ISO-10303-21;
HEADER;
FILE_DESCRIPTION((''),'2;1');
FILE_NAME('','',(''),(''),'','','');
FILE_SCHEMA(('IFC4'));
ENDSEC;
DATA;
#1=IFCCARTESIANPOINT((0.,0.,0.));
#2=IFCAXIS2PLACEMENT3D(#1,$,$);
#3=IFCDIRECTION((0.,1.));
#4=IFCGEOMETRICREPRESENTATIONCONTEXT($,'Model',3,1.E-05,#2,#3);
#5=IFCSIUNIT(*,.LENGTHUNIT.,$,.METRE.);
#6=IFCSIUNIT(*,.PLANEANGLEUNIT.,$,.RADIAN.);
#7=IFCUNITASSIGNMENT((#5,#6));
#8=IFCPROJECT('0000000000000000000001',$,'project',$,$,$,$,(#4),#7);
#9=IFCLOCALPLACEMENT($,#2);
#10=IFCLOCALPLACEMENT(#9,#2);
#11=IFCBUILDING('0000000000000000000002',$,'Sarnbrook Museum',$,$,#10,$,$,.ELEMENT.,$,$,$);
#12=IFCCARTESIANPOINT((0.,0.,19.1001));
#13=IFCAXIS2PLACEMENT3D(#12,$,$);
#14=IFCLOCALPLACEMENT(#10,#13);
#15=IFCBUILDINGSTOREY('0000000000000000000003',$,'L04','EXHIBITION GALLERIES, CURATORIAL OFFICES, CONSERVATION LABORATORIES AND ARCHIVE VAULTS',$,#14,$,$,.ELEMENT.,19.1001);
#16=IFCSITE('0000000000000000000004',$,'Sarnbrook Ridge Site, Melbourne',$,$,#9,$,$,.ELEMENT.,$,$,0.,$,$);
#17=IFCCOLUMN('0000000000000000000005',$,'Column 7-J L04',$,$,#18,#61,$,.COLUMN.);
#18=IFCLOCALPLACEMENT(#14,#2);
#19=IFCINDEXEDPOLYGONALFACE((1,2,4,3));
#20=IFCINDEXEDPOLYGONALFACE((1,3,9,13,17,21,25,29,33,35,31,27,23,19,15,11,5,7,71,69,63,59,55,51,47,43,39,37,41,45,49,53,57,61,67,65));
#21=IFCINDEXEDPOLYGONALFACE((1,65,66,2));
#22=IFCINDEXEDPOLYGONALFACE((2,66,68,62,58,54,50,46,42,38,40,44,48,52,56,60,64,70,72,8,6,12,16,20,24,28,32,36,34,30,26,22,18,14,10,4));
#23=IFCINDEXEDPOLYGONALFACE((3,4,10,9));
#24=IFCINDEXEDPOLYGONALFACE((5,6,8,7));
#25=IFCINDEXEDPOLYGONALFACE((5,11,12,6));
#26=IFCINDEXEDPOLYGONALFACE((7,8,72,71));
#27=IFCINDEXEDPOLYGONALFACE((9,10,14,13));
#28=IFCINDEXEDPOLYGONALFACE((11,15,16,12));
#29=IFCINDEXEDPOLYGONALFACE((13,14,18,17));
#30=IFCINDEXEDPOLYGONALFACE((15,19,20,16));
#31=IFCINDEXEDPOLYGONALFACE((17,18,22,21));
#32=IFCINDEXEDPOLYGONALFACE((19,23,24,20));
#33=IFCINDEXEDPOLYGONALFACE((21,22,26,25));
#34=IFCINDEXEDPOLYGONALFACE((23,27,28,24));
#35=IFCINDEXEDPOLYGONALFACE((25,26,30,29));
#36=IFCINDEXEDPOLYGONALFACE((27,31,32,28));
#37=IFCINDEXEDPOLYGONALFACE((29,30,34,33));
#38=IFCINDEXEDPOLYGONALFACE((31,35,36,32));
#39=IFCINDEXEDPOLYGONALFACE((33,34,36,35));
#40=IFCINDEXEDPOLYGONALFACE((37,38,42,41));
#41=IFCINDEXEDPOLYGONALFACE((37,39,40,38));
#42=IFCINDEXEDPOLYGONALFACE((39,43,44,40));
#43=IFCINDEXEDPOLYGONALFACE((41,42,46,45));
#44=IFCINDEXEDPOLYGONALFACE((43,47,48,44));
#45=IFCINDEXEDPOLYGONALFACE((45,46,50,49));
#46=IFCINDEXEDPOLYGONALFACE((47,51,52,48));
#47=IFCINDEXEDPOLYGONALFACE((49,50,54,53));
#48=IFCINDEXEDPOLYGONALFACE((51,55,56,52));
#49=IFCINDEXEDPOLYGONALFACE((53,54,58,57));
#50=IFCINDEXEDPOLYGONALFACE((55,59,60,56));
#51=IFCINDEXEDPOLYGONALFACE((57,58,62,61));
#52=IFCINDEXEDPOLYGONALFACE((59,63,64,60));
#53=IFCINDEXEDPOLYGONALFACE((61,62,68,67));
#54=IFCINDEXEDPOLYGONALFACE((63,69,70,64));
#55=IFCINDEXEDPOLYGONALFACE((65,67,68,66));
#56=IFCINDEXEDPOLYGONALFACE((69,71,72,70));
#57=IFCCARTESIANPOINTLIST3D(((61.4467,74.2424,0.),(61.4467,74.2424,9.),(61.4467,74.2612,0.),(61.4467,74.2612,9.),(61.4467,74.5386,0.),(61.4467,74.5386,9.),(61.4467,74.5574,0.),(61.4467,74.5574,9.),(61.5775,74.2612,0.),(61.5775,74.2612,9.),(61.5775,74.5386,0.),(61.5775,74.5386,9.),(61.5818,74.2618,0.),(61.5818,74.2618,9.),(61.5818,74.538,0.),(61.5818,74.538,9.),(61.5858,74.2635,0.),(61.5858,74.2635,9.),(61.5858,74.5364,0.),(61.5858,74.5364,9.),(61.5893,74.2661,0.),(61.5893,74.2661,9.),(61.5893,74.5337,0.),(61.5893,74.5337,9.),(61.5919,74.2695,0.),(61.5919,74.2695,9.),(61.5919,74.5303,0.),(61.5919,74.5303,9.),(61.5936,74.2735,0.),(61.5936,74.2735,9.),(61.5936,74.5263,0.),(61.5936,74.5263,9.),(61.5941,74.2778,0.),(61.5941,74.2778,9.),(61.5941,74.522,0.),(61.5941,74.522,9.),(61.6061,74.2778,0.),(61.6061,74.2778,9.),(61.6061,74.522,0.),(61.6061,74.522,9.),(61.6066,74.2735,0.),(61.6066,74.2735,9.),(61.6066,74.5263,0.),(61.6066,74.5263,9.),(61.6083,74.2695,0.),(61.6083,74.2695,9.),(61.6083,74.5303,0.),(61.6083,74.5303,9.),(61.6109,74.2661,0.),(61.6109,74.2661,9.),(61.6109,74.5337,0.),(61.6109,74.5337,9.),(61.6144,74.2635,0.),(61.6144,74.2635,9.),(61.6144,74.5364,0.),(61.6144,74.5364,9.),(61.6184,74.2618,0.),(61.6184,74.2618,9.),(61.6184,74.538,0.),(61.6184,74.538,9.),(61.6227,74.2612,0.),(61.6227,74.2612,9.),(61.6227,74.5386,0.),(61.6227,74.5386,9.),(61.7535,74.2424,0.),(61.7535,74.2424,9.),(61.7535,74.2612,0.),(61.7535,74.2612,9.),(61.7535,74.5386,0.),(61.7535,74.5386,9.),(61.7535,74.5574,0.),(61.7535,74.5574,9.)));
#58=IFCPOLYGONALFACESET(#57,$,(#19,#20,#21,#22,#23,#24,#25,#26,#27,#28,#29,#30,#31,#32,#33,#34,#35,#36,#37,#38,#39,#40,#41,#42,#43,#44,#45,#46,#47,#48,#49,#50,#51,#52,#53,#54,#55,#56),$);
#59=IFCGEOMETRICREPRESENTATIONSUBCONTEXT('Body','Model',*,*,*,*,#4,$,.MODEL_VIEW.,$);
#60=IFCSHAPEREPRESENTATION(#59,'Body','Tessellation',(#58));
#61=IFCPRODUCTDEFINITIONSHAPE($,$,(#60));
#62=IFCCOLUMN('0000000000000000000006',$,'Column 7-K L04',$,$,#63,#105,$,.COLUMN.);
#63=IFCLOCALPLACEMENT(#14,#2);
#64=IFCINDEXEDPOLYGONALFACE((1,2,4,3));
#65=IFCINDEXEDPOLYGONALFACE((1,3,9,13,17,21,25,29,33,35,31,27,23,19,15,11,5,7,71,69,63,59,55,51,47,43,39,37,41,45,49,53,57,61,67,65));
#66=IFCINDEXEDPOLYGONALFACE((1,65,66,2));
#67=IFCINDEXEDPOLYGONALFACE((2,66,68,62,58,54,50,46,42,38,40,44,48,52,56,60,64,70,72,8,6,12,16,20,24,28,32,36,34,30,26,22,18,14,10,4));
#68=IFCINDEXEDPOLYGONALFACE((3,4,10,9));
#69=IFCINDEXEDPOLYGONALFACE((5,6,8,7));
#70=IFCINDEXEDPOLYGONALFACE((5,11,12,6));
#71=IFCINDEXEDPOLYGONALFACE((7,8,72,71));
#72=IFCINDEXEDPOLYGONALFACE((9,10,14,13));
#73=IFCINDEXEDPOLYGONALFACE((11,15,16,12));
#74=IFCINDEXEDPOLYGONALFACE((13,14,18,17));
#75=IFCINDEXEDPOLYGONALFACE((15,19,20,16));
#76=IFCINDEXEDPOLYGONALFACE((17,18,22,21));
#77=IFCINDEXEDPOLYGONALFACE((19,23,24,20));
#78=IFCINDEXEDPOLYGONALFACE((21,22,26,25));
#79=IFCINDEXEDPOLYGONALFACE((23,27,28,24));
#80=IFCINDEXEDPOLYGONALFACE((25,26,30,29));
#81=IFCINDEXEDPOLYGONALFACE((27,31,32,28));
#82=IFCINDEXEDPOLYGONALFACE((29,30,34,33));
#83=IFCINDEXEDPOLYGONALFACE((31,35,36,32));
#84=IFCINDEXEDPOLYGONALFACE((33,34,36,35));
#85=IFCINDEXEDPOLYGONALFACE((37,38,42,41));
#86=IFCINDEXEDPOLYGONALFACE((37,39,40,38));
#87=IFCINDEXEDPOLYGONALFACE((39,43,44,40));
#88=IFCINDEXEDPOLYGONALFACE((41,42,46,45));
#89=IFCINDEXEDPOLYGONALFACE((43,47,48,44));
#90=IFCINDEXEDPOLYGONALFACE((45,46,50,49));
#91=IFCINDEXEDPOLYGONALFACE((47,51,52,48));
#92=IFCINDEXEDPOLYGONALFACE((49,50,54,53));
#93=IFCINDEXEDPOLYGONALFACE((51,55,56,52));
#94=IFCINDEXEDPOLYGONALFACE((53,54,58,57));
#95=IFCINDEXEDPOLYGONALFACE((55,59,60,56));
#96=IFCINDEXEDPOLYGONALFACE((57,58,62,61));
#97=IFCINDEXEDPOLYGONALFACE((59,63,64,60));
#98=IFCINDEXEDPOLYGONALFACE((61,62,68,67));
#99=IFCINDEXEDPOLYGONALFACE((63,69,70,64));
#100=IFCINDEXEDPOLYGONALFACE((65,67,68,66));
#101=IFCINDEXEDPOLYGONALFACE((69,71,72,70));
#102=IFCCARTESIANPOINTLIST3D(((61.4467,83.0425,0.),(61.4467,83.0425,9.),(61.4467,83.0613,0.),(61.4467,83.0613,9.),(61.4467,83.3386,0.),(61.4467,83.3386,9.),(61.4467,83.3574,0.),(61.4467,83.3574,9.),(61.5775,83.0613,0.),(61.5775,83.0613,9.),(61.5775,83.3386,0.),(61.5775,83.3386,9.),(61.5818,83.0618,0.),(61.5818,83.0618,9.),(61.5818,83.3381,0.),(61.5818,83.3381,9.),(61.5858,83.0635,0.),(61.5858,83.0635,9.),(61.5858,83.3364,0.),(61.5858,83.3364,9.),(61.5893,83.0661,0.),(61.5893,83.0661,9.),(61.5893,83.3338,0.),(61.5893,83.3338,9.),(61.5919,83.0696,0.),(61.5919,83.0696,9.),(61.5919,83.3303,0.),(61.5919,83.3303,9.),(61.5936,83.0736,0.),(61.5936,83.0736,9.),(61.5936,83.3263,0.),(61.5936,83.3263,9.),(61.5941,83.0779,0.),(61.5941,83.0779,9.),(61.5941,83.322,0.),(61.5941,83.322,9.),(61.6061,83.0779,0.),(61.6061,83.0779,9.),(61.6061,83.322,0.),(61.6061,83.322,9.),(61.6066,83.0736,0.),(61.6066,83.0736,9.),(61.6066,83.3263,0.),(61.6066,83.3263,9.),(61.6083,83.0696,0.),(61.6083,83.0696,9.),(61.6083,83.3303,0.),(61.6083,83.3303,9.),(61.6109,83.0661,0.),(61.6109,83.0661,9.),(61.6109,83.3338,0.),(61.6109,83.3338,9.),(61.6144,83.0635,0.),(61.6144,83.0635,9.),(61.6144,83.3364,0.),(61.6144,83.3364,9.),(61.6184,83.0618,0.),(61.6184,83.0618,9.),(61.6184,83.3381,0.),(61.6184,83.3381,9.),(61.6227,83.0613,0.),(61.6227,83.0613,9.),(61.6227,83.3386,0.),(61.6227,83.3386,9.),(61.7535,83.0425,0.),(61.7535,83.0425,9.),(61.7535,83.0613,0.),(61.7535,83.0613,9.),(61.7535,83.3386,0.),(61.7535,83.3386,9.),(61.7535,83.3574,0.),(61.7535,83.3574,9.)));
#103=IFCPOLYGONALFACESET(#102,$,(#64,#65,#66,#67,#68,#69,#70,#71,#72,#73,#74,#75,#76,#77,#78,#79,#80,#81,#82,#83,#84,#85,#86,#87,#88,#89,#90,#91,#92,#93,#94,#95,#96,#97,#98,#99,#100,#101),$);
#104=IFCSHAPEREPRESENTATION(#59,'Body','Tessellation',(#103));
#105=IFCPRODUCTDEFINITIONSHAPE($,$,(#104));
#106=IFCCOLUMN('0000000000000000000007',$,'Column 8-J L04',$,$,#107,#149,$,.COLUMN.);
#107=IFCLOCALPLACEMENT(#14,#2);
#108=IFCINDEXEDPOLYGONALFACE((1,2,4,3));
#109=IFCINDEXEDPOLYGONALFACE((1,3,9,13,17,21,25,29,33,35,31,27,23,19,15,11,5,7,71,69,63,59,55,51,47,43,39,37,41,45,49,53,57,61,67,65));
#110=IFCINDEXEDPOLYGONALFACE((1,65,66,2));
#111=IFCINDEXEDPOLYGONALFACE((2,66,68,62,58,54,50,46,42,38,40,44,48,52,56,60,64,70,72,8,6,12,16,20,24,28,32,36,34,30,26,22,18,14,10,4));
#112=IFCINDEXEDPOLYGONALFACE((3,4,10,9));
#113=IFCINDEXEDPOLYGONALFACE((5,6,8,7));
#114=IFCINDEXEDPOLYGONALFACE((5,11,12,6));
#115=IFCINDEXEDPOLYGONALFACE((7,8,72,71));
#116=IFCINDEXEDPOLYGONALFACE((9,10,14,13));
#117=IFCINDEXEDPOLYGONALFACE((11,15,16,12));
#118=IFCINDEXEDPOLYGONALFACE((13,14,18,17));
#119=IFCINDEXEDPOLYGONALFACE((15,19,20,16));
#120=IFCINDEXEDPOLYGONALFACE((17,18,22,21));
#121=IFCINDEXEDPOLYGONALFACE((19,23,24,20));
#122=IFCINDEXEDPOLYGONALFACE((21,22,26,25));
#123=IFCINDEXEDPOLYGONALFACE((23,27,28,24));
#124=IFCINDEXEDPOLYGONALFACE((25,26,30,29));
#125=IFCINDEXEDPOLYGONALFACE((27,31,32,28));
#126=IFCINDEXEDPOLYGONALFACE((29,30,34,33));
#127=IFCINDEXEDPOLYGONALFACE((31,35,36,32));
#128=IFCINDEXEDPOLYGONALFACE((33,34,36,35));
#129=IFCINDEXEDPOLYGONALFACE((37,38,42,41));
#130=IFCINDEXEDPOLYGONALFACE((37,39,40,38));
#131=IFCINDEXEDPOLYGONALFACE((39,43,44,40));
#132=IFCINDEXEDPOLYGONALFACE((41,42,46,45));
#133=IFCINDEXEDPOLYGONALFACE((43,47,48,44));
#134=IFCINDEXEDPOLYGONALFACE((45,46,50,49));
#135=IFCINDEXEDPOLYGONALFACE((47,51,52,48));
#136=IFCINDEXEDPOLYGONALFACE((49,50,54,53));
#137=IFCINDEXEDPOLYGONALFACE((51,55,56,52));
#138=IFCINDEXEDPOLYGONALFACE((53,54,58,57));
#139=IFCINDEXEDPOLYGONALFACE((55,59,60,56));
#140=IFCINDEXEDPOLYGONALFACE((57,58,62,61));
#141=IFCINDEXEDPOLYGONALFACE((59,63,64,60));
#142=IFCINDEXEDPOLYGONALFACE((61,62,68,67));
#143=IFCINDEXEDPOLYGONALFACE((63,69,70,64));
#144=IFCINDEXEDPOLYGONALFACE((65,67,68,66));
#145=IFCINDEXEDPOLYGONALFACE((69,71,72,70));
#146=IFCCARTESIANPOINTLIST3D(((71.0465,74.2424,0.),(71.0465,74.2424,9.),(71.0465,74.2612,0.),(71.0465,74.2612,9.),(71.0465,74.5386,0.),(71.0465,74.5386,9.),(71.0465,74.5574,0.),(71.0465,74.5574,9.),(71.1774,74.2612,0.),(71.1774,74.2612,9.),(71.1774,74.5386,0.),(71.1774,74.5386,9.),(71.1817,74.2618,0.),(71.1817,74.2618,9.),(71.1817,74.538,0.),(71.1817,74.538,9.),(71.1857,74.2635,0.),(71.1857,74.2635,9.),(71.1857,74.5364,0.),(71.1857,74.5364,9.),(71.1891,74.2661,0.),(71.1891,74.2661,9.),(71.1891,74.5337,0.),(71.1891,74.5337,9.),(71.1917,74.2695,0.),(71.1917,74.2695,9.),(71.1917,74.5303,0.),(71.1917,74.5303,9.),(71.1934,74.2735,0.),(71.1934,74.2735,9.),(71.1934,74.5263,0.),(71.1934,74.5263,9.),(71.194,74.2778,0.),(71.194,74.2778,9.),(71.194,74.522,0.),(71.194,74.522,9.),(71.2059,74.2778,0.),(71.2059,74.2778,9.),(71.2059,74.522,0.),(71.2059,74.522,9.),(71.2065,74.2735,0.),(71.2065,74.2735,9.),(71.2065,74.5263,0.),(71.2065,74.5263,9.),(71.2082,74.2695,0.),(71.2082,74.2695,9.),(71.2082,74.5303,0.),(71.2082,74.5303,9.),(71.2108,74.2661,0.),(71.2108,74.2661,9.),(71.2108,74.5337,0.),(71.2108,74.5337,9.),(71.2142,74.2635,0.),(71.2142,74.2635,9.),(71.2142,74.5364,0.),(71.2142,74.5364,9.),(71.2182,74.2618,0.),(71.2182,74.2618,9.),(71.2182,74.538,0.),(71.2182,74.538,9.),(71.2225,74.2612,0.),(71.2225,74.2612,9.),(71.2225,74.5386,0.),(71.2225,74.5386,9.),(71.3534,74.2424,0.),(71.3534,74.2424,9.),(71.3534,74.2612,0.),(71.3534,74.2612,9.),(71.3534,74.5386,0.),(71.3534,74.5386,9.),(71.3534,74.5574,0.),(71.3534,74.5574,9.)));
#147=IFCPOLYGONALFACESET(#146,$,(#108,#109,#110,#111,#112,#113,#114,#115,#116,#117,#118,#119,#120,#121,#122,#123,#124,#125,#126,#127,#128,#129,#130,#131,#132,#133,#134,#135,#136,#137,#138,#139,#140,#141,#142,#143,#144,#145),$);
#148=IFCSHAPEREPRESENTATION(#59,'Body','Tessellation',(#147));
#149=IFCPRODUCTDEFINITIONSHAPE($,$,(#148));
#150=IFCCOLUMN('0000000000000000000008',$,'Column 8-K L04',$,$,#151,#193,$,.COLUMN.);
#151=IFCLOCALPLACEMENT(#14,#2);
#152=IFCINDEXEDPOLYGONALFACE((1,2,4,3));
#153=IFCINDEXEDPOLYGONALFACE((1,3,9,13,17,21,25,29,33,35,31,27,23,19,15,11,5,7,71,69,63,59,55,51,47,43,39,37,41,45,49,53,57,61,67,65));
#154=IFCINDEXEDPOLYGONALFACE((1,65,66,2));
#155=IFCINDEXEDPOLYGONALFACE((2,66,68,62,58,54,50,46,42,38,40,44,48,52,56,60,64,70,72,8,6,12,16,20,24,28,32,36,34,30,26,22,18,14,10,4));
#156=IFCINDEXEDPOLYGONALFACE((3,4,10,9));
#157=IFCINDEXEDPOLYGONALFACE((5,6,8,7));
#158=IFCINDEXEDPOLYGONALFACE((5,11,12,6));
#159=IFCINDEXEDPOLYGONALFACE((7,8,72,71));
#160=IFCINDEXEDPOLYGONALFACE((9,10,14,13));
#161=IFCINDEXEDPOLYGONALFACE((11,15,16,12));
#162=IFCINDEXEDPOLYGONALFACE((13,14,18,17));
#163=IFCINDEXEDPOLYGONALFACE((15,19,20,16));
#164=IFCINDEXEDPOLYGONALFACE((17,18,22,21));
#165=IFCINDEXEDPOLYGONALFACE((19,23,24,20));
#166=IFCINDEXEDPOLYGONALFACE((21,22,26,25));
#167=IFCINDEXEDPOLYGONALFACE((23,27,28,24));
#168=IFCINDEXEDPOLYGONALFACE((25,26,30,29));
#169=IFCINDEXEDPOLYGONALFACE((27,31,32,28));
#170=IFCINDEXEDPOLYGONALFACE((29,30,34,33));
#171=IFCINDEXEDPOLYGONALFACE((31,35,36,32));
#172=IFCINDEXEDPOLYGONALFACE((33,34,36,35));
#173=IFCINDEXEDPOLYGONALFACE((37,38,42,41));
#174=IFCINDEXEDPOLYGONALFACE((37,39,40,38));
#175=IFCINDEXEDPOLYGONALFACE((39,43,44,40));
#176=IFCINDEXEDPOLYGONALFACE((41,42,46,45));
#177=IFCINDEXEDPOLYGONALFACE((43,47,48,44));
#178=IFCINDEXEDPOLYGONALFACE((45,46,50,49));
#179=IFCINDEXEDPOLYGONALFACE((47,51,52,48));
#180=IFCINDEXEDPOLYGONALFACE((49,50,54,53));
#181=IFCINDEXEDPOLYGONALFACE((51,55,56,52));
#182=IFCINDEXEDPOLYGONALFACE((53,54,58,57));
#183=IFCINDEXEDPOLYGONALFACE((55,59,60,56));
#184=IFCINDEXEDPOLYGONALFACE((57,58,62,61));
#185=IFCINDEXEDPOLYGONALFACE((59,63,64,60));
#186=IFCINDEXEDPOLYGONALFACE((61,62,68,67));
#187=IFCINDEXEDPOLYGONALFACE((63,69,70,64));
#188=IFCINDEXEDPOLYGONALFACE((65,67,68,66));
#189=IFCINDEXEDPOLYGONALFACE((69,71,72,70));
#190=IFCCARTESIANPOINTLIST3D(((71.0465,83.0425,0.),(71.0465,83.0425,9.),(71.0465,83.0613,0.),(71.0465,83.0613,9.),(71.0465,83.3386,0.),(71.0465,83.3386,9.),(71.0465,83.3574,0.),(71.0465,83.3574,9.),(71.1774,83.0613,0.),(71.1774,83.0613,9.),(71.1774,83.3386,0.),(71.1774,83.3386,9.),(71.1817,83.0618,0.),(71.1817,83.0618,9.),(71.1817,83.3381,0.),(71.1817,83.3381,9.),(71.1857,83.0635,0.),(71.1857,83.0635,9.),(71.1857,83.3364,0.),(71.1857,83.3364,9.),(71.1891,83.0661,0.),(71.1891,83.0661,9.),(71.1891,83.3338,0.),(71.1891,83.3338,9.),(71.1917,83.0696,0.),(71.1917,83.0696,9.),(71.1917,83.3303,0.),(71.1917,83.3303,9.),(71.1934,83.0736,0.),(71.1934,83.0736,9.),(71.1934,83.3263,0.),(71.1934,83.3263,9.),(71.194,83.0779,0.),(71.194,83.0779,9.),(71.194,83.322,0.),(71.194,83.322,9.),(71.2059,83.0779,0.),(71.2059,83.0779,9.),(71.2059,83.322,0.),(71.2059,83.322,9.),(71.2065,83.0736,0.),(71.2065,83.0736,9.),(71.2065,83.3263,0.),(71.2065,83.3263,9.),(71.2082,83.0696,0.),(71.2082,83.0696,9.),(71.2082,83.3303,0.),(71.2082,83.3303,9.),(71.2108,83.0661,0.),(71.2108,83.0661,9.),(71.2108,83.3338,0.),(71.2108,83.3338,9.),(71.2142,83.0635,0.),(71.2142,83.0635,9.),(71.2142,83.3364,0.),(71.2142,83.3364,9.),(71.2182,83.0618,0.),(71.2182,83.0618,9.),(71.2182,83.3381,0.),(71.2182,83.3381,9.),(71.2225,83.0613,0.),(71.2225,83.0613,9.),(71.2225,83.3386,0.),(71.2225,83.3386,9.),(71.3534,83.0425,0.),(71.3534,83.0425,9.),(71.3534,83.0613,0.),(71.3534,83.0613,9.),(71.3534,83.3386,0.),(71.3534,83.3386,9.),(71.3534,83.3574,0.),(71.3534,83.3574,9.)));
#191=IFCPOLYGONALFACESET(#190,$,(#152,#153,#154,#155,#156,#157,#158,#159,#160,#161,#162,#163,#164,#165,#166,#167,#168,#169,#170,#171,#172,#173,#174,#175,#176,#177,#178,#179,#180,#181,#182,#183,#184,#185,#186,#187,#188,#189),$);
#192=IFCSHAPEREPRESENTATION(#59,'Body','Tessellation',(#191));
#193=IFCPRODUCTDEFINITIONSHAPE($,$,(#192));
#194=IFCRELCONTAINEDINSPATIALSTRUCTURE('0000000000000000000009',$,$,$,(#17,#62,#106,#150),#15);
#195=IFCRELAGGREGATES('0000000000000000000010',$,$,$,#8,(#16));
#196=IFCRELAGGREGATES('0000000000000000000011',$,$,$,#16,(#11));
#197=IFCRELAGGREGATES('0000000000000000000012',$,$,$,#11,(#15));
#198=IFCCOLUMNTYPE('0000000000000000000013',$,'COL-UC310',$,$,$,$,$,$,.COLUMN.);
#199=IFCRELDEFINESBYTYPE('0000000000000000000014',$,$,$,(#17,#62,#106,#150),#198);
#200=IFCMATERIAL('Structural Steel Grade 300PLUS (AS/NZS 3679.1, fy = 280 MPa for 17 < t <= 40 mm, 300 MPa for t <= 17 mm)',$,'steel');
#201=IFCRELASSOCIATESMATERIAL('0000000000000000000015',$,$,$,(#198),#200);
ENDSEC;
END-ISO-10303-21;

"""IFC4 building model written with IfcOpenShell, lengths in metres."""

from ifc_helpers import new_model, si_unit, direction, frame, origin, origin_2d, place, context, subcontext, project, spatial, i_section, extrude, material, material_profile, profile_set, type_object, element, save


model = new_model("IFC4")

# Units and contexts
model_context = context("Model", 3, precision=1e-05, world=origin(), true_north=direction((0.0, 1.0)))
body_context = subcontext(model_context, "Body", "Model", "MODEL_VIEW")
ifc_project = project(units=[si_unit("LENGTHUNIT", "METRE"), si_unit("PLANEANGLEUNIT", "RADIAN")], contexts=[model_context])

# Site, building, storey
site_placement = place(None, origin())
site = spatial("IfcSite", under=ifc_project, at=site_placement, Name="Sarnbrook Ridge Site, Melbourne", CompositionType="ELEMENT", RefElevation=0.0)
building_placement = place(site_placement, origin())
building = spatial("IfcBuilding", under=site, at=building_placement, Name="Sarnbrook Museum", CompositionType="ELEMENT")
storey_placement = place(building_placement, frame((0.0, 0.0, 19.1001)))
storey = spatial("IfcBuildingStorey", under=building, at=storey_placement, Name="L04", Description="EXHIBITION GALLERIES, CURATORIAL OFFICES, CONSERVATION LABORATORIES AND ARCHIVE VAULTS", CompositionType="ELEMENT", Elevation=19.1001)

# Columns
ifc_material_1 = material(Name="Structural Steel Grade 300PLUS (AS/NZS 3679.1, fy = 280 MPa for 17 < t <= 40 mm, 300 MPa for t <= 17 mm)", Category="steel")
ifc_material_profile_1 = material_profile(ifc_material_1, i_section(OverallWidth=0.3069, OverallDepth=0.3149, WebThickness=0.012, FlangeThickness=0.0188, FilletRadius=0.0166, at=origin_2d()), Name="310UC118")
ifc_profile_set_1 = profile_set([ifc_material_profile_1], Name="Structural Steel Grade 300PLUS (AS/NZS 3679.1, fy = 280 MPa for 17 < t <= 40 mm, 300 MPa for t <= 17 mm)")
column_type = type_object("IfcColumnType", Name="COL-UC310", PredefinedType="COLUMN", material=ifc_profile_set_1)
for number, where, z_axis, x_axis, name in (
    (1, (61.6001, 74.3999, 0.0), (0.0, 0.0, 1.0), (1.0, 0.0, 0.0), "Column 7-J L04"),
    (2, (61.6001, 83.2, 0.0), (0.0, 0.0, 1.0), (1.0, 0.0, 0.0), "Column 7-K L04"),
    (3, (71.2, 74.3999, 0.0), (0.0, 0.0, 1.0), (1.0, 0.0, 0.0), "Column 8-J L04"),
    (4, (71.2, 83.2, 0.0), (0.0, 0.0, 1.0), (1.0, 0.0, 0.0), "Column 8-K L04"),
):
    element("IfcColumn", number, at=place(storey_placement, frame(where, z_axis=z_axis, x_axis=x_axis)), inside=storey, type_object=column_type, Name=name, PredefinedType="COLUMN", context=body_context, shape_type="SweptSolid", body=[
        extrude(i_section(OverallWidth=0.3069, OverallDepth=0.3149, WebThickness=0.012, FlangeThickness=0.0188, FilletRadius=0.0166, at=origin_2d()), origin(), (0.0, 0.0, 1.0), 9.0),
    ])

save(model, "model.ifc")
